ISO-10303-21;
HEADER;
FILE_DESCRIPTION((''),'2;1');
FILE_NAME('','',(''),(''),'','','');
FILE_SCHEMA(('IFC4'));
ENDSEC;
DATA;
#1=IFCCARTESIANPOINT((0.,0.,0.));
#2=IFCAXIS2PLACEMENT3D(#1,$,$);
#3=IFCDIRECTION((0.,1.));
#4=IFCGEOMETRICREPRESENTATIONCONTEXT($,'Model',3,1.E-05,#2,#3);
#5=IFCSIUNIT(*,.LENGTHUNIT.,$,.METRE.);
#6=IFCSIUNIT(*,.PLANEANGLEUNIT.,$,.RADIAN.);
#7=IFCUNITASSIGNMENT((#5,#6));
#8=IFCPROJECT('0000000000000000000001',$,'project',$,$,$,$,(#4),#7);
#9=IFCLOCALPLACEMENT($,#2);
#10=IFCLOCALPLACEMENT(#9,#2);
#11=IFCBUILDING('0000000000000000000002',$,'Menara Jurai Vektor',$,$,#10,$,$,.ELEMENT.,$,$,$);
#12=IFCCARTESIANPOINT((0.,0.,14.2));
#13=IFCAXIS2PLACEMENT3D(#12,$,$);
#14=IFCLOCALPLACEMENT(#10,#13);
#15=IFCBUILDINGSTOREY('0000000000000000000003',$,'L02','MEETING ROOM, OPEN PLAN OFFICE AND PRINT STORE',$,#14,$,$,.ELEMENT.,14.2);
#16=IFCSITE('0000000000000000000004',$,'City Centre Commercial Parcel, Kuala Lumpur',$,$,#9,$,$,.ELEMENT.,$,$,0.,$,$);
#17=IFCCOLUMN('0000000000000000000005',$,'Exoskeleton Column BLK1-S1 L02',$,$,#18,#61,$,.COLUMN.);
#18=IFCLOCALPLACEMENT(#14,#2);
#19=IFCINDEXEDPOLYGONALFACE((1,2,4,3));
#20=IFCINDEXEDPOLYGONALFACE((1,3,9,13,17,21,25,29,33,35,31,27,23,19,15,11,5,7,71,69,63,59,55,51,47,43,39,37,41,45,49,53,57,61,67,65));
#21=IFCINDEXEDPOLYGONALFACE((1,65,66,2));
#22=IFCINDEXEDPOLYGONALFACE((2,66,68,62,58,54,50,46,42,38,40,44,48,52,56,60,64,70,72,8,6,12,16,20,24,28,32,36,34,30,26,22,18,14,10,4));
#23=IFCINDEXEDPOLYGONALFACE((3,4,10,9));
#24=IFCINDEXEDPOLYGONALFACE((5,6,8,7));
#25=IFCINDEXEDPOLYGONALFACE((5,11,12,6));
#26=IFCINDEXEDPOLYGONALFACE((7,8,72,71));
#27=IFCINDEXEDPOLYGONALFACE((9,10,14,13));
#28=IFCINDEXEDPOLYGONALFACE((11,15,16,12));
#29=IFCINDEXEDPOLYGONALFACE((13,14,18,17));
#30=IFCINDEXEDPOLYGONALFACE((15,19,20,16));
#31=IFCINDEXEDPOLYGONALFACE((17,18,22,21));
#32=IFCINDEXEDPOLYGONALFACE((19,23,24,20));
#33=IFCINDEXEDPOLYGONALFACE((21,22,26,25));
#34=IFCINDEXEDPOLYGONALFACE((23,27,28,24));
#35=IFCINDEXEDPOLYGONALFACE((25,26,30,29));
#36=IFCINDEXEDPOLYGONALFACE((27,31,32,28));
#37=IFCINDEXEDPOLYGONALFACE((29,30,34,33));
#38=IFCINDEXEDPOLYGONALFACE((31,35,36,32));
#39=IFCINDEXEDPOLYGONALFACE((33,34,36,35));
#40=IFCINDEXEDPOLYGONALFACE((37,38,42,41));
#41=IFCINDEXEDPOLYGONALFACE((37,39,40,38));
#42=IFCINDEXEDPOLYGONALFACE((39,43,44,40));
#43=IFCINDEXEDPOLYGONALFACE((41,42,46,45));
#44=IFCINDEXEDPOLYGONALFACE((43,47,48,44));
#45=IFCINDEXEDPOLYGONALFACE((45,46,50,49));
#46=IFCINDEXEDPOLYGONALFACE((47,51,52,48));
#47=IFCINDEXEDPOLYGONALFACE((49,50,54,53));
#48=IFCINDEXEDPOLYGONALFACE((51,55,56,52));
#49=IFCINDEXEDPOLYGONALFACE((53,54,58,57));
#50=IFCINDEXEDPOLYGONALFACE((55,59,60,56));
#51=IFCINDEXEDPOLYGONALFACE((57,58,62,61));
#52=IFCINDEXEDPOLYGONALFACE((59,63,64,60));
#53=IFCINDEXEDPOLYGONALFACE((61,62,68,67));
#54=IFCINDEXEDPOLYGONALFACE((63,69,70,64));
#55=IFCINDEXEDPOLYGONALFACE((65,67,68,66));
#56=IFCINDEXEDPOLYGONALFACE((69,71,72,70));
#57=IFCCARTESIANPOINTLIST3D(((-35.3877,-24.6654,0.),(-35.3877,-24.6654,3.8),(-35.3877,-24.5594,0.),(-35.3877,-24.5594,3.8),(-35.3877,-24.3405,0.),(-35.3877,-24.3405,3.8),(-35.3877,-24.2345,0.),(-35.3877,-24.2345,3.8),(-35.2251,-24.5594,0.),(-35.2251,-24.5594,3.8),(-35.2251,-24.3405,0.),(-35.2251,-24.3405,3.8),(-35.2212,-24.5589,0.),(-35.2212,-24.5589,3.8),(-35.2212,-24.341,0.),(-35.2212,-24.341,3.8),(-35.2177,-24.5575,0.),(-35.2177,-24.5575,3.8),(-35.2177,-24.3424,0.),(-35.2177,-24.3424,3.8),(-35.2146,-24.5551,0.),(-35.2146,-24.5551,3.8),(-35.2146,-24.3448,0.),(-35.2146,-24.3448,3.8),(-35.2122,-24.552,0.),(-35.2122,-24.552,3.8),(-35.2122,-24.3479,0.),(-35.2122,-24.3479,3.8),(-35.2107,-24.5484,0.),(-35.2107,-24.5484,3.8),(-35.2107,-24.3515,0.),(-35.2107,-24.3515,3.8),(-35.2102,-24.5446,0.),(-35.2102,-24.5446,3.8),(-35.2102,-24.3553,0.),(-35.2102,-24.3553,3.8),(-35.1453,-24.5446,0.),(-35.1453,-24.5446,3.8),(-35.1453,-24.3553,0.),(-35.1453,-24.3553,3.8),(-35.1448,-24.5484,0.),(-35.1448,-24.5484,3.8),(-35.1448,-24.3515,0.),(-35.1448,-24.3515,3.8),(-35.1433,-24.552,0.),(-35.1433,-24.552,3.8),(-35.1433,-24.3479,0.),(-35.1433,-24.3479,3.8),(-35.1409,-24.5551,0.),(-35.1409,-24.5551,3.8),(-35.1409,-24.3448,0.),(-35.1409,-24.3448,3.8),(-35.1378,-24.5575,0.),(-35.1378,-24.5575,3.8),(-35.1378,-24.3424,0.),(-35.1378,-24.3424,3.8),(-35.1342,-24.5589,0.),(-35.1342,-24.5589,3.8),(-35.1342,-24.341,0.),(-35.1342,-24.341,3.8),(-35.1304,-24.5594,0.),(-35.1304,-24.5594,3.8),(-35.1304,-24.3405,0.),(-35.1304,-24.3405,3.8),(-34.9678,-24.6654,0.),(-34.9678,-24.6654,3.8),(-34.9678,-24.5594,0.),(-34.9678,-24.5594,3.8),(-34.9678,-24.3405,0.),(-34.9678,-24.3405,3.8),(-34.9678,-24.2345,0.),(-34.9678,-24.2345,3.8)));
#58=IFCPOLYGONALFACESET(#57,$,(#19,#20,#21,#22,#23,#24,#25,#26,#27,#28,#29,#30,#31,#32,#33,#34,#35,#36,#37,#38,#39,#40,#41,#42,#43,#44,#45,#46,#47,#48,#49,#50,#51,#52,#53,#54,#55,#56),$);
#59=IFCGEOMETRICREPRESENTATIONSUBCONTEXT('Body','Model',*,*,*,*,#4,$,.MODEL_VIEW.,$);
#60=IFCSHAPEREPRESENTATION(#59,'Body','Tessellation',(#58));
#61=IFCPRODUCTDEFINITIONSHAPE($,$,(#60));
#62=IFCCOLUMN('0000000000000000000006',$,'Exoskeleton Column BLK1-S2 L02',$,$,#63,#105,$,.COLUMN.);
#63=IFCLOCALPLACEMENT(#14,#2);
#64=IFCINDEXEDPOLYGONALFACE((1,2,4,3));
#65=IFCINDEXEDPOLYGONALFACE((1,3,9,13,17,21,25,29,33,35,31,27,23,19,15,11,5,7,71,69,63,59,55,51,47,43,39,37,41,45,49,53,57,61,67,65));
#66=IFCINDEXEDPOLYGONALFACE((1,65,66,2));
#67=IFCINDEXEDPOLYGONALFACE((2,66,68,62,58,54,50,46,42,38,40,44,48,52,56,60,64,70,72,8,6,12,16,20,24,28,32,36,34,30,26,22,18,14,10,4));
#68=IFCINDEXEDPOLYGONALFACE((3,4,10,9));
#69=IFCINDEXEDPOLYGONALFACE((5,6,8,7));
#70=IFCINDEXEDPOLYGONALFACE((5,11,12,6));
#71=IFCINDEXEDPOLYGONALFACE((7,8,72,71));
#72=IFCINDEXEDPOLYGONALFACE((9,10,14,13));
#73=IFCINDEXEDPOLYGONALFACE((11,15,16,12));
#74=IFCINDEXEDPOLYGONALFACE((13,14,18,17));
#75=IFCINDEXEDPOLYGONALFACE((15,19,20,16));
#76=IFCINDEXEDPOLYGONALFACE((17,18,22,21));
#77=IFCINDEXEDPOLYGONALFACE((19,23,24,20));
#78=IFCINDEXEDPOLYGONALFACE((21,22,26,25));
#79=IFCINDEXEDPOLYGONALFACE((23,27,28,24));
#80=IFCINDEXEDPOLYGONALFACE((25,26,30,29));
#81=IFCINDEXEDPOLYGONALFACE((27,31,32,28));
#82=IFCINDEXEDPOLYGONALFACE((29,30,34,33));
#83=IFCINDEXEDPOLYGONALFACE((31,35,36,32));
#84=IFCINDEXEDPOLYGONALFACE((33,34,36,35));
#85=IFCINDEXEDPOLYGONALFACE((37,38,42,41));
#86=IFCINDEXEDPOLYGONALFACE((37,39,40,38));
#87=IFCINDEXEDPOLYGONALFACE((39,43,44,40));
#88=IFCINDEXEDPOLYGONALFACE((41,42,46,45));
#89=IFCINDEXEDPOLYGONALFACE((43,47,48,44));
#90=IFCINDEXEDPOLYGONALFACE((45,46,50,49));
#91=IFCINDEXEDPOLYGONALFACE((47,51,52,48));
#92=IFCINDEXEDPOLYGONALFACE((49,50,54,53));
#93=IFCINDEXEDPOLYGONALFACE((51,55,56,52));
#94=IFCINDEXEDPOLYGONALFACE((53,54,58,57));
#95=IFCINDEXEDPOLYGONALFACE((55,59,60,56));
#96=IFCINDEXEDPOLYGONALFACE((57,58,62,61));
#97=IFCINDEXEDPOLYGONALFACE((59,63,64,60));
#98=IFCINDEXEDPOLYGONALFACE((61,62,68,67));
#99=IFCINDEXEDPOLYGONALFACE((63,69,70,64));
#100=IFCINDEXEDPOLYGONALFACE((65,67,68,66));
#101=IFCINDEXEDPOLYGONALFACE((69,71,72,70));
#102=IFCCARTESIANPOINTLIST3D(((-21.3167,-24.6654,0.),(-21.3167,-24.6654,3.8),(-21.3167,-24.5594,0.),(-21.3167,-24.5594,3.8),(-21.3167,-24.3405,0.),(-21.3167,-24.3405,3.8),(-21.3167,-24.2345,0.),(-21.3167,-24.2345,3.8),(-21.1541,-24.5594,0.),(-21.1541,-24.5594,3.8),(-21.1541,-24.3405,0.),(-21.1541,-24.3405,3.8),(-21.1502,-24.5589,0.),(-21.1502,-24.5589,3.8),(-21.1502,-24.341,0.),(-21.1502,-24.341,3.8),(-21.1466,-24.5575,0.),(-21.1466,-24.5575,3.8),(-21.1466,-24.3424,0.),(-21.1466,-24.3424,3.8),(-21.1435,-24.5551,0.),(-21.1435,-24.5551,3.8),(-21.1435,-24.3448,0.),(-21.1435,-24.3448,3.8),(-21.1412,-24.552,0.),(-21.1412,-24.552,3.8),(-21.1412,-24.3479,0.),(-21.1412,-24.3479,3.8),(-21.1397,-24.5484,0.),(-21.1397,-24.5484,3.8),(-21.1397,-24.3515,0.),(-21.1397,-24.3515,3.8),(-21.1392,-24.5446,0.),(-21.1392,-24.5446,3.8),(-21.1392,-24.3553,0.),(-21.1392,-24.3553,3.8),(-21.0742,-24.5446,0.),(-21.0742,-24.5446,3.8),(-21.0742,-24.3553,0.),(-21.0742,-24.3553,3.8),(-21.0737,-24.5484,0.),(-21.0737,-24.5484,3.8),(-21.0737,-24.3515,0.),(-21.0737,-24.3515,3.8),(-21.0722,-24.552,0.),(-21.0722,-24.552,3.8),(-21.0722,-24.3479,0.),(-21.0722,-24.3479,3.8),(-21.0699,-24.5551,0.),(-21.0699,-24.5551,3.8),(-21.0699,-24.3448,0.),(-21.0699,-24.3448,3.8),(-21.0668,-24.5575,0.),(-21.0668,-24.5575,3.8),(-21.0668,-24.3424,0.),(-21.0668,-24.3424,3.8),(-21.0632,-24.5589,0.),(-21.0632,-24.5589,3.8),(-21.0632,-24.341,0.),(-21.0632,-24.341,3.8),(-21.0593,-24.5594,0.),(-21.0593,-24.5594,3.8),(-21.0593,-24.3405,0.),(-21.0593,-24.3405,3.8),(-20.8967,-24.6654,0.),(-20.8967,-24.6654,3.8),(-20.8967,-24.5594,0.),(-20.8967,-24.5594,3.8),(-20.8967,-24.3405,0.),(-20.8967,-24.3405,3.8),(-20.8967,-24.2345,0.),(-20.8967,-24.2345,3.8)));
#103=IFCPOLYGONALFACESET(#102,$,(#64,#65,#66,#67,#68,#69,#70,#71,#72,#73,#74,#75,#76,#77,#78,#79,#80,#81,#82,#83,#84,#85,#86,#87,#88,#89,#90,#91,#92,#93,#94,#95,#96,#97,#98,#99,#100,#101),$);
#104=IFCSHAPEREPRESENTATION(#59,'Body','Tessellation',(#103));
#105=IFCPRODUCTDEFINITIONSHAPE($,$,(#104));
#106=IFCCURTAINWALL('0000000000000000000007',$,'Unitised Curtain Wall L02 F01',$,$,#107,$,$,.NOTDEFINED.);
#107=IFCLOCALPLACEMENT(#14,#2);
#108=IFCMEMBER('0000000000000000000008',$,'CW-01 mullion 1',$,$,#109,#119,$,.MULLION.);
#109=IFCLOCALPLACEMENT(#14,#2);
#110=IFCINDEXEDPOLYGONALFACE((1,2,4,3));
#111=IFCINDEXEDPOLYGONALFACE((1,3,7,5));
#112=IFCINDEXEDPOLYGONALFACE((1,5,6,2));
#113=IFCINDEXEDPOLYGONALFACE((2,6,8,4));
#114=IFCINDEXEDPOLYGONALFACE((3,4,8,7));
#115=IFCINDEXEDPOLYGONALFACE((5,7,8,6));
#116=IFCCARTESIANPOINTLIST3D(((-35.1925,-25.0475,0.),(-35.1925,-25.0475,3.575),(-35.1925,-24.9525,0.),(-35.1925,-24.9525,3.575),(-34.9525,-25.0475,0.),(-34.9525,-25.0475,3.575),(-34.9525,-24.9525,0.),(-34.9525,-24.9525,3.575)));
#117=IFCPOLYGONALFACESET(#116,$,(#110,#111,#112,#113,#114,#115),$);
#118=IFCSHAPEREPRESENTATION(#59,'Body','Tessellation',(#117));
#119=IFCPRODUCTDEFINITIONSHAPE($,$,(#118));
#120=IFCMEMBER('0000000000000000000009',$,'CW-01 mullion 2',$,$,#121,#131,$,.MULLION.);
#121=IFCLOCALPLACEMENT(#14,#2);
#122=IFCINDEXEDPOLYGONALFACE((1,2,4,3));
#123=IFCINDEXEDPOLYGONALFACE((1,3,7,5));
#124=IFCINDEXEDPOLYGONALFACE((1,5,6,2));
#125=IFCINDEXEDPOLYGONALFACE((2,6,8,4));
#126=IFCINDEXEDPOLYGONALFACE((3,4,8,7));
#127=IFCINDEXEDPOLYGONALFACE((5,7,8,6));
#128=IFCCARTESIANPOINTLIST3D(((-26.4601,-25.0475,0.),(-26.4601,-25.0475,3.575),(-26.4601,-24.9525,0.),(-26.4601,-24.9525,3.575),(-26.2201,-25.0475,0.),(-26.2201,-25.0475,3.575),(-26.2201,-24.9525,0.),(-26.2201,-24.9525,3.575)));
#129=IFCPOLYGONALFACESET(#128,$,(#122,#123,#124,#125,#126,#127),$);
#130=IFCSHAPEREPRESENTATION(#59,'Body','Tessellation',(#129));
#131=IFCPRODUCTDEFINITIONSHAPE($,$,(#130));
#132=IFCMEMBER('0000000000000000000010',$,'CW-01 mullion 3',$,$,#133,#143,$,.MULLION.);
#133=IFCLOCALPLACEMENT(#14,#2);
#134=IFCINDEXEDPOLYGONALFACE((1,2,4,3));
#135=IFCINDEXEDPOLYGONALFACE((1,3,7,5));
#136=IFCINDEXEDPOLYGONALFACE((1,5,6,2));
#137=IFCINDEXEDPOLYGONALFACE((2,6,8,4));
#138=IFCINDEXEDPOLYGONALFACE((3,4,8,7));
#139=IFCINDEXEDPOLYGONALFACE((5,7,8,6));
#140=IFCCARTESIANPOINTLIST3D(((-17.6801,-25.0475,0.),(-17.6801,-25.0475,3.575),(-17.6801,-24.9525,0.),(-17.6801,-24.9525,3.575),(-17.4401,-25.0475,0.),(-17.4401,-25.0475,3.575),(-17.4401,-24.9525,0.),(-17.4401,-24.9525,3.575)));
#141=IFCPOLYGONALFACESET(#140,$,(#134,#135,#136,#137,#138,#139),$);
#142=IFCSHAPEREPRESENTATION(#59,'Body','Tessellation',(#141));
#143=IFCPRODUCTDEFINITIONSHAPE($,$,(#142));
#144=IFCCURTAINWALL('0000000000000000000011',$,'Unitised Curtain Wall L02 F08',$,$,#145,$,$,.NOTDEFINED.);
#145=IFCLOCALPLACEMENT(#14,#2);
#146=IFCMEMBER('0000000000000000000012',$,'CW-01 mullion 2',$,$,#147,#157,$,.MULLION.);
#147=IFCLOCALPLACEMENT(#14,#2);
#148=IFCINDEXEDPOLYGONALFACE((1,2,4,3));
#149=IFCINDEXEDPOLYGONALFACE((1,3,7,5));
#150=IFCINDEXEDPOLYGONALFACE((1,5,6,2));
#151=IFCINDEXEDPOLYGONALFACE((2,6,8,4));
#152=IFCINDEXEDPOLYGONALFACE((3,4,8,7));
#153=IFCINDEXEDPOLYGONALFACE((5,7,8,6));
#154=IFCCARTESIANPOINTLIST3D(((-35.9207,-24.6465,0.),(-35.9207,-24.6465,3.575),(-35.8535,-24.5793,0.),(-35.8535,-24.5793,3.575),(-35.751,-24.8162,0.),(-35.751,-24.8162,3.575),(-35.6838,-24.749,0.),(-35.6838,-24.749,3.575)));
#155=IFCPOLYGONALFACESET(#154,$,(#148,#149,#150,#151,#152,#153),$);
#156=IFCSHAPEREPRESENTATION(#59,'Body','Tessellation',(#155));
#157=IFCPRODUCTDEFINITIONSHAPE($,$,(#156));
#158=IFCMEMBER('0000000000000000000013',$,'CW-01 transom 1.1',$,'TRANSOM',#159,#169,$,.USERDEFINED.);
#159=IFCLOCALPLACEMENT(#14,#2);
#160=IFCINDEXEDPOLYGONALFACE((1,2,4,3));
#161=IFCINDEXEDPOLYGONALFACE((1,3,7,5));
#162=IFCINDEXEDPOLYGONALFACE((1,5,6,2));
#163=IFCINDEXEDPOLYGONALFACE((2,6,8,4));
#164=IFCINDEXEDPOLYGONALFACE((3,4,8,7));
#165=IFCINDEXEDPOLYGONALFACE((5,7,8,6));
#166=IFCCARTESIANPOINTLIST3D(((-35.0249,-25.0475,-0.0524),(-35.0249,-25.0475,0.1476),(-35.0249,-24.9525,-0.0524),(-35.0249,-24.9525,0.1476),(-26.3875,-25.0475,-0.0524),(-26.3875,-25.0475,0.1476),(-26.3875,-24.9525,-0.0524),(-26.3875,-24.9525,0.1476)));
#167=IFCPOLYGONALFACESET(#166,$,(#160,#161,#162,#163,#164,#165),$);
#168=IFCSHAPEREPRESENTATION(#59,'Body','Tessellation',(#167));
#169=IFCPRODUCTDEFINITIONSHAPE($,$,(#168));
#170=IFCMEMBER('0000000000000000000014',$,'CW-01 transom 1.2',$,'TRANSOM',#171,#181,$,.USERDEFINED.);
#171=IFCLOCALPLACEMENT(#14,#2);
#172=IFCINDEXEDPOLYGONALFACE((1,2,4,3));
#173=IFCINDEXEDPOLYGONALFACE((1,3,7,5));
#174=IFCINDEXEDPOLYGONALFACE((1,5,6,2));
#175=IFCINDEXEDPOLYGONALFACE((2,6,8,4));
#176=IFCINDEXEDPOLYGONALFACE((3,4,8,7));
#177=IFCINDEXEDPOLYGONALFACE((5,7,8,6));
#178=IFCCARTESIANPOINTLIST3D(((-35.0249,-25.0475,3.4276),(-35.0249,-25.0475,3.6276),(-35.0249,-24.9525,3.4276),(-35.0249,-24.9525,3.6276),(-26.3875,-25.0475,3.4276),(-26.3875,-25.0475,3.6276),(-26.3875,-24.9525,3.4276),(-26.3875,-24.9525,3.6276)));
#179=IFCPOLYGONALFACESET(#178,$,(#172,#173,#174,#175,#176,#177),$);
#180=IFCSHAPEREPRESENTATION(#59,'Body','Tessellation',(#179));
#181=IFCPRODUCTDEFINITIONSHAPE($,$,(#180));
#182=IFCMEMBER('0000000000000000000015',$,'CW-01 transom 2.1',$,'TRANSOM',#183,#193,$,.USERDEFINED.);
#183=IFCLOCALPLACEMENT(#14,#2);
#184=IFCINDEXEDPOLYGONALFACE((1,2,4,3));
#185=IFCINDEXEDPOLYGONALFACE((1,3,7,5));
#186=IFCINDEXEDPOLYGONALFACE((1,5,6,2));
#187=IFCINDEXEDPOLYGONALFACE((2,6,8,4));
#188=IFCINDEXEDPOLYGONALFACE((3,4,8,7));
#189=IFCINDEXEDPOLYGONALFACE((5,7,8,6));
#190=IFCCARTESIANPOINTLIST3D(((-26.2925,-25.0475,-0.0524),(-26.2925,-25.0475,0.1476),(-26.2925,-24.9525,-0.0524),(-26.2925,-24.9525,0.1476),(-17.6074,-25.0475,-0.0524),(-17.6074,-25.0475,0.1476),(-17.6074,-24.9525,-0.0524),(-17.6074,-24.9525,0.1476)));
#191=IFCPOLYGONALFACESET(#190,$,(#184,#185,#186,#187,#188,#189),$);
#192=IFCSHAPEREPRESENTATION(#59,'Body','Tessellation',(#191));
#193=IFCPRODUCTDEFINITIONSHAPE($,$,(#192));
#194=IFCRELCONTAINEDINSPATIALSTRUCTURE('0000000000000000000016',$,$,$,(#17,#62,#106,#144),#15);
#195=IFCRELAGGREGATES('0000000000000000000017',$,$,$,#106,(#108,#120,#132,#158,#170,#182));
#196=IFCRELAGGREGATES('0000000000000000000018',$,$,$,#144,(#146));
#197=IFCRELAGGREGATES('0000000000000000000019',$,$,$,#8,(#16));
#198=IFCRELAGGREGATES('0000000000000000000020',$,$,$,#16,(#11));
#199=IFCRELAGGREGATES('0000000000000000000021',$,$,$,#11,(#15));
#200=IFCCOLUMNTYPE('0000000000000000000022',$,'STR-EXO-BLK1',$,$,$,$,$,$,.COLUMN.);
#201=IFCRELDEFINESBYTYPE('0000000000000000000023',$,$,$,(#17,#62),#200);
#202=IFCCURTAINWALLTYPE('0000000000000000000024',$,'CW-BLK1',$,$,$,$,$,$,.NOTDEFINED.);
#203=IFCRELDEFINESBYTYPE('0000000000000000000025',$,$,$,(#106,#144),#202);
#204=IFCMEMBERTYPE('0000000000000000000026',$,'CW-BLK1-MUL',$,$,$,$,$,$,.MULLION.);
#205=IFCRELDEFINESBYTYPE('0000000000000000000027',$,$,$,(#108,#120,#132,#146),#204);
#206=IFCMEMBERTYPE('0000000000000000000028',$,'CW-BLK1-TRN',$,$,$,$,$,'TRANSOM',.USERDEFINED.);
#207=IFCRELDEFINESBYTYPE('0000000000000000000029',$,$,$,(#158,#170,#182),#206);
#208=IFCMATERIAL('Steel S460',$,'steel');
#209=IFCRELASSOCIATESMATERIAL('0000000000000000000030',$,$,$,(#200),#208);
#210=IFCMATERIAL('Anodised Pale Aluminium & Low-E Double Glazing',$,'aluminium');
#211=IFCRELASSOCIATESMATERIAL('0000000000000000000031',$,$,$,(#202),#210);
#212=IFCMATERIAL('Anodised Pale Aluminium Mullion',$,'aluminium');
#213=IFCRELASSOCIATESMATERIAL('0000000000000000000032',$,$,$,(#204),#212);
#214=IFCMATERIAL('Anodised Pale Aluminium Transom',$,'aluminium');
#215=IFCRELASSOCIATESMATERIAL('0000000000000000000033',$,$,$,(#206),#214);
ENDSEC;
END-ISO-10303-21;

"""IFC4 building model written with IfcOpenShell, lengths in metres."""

from ifc_helpers import new_model, si_unit, direction, frame, origin, origin_2d, place, context, subcontext, project, spatial, rectangle, i_section, extrude, material, material_profile, profile_set, type_object, element, aggregate, save


model = new_model("IFC4")

# Units and contexts
model_context = context("Model", 3, precision=1e-05, world=origin(), true_north=direction((0.0, 1.0)))
body_context = subcontext(model_context, "Body", "Model", "MODEL_VIEW")
ifc_project = project(units=[si_unit("LENGTHUNIT", "METRE"), si_unit("PLANEANGLEUNIT", "RADIAN")], contexts=[model_context])

# Site, building, storey
site_placement = place(None, origin())
site = spatial("IfcSite", under=ifc_project, at=site_placement, Name="City Centre Commercial Parcel, Kuala Lumpur", CompositionType="ELEMENT", RefElevation=0.0)
building_placement = place(site_placement, origin())
building = spatial("IfcBuilding", under=site, at=building_placement, Name="Menara Jurai Vektor", CompositionType="ELEMENT")
storey_placement = place(building_placement, frame((0.0, 0.0, 14.2)))
storey = spatial("IfcBuildingStorey", under=building, at=storey_placement, Name="L02", Description="MEETING ROOM, OPEN PLAN OFFICE AND PRINT STORE", CompositionType="ELEMENT", Elevation=14.2)

# Columns
ifc_material_1 = material(Name="Steel S460", Category="steel")
ifc_material_profile_1 = material_profile(ifc_material_1, i_section(OverallWidth=0.4199, OverallDepth=0.4309, WebThickness=0.0649, FlangeThickness=0.106, FilletRadius=0.0149, at=origin_2d()), Name="HD 400x900")
ifc_profile_set_1 = profile_set([ifc_material_profile_1], Name="Steel S460")
column_type = type_object("IfcColumnType", Name="STR-EXO-BLK1", PredefinedType="COLUMN", material=ifc_profile_set_1)
for number, where, z_axis, x_axis, name in (
    (1, (-35.1777, -24.45, 0.0), (0.0, 0.0, 1.0), (1.0, 0.0, 0.0), "Exoskeleton Column BLK1-S1 L02"),
    (2, (-21.1067, -24.45, 0.0), (0.0, 0.0, 1.0), (1.0, 0.0, 0.0), "Exoskeleton Column BLK1-S2 L02"),
):
    element("IfcColumn", number, at=place(storey_placement, frame(where, z_axis=z_axis, x_axis=x_axis)), inside=storey, type_object=column_type, Name=name, PredefinedType="COLUMN", context=body_context, shape_type="SweptSolid", body=[
        extrude(i_section(OverallWidth=0.4199, OverallDepth=0.4309, WebThickness=0.0649, FlangeThickness=0.106, FilletRadius=0.0149, at=origin_2d()), origin(), (0.0, 0.0, 1.0), 3.8),
    ])

# Curtain wall, members
ifc_material_2 = material(Name="Anodised Pale Aluminium & Low-E Double Glazing", Category="aluminium")
curtain_wall_type = type_object("IfcCurtainWallType", Name="CW-BLK1", PredefinedType="NOTDEFINED", material=ifc_material_2)
curtain_wall_1_placement = place(storey_placement, origin())
curtain_wall_1 = element("IfcCurtainWall", 3, at=curtain_wall_1_placement, inside=storey, type_object=curtain_wall_type, Name="Unitised Curtain Wall L02 F01", PredefinedType="NOTDEFINED")
ifc_material_3 = material(Name="Anodised Pale Aluminium Mullion", Category="aluminium")
ifc_material_profile_2 = material_profile(ifc_material_3, rectangle(XDim=0.095, YDim=0.24, at=origin_2d()), Name="ALU MUL 95x240")
ifc_profile_set_2 = profile_set([ifc_material_profile_2], Name="Anodised Pale Aluminium Mullion")
member_type_1 = type_object("IfcMemberType", Name="CW-BLK1-MUL", PredefinedType="MULLION", material=ifc_profile_set_2)
member_1_placement = place(storey_placement, frame((-35.0725, -25.0, 0.0), z_axis=(0.0, 0.0, 1.0), x_axis=(0.0, 1.0, 0.0)))
member_1 = element("IfcMember", 4, at=member_1_placement, type_object=member_type_1, Name="CW-01 mullion 1", PredefinedType="MULLION", context=body_context, shape_type="SweptSolid", body=[
    extrude(rectangle(XDim=0.095, YDim=0.24, at=origin_2d()), origin(), (0.0, 0.0, 1.0), 3.575),
])
member_2_placement = place(storey_placement, frame((-26.3401, -25.0, 0.0), z_axis=(0.0, 0.0, 1.0), x_axis=(0.0, 1.0, 0.0)))
member_2 = element("IfcMember", 5, at=member_2_placement, type_object=member_type_1, Name="CW-01 mullion 2", PredefinedType="MULLION", context=body_context, shape_type="SweptSolid", body=[
    extrude(rectangle(XDim=0.095, YDim=0.24, at=origin_2d()), origin(), (0.0, 0.0, 1.0), 3.575),
])
member_3_placement = place(storey_placement, frame((-17.5601, -25.0, 0.0), z_axis=(0.0, 0.0, 1.0), x_axis=(0.0, 1.0, 0.0)))
member_3 = element("IfcMember", 6, at=member_3_placement, type_object=member_type_1, Name="CW-01 mullion 3", PredefinedType="MULLION", context=body_context, shape_type="SweptSolid", body=[
    extrude(rectangle(XDim=0.095, YDim=0.24, at=origin_2d()), origin(), (0.0, 0.0, 1.0), 3.575),
])

# Curtain wall, member
curtain_wall_2_placement = place(storey_placement, origin())
curtain_wall_2 = element("IfcCurtainWall", 7, at=curtain_wall_2_placement, inside=storey, type_object=curtain_wall_type, Name="Unitised Curtain Wall L02 F08", PredefinedType="NOTDEFINED")
member_4_placement = place(storey_placement, frame((-35.8022, -24.6978, 0.0), z_axis=(0.0, 0.0, 1.0), x_axis=(0.707107, 0.707107, 0.0)))
member_4 = element("IfcMember", 8, at=member_4_placement, type_object=member_type_1, Name="CW-01 mullion 2", PredefinedType="MULLION", context=body_context, shape_type="SweptSolid", body=[
    extrude(rectangle(XDim=0.095, YDim=0.24, at=origin_2d()), origin(), (0.0, 0.0, 1.0), 3.575),
])

# Members
ifc_material_4 = material(Name="Anodised Pale Aluminium Transom", Category="aluminium")
ifc_material_profile_3 = material_profile(ifc_material_4, rectangle(XDim=0.095, YDim=0.2, at=origin_2d()), Name="ALU TRN 95x200")
ifc_profile_set_3 = profile_set([ifc_material_profile_3], Name="Anodised Pale Aluminium Transom")
member_type_2 = type_object("IfcMemberType", Name="CW-BLK1-TRN", ElementType="TRANSOM", PredefinedType="USERDEFINED", material=ifc_profile_set_3)
member_5_placement = place(storey_placement, frame((-35.0249, -25.0, 0.0476), z_axis=(1.0, 0.0, 0.0), x_axis=(0.0, 1.0, 0.0)))
member_5 = element("IfcMember", 9, at=member_5_placement, type_object=member_type_2, Name="CW-01 transom 1.1", ObjectType="TRANSOM", PredefinedType="USERDEFINED", context=body_context, shape_type="SweptSolid", body=[
    extrude(rectangle(XDim=0.095, YDim=0.2, at=origin_2d()), origin(), (0.0, 0.0, 1.0), 8.6375),
])
member_6_placement = place(storey_placement, frame((-35.0249, -25.0, 3.5276), z_axis=(1.0, 0.0, 0.0), x_axis=(0.0, 1.0, 0.0)))
member_6 = element("IfcMember", 10, at=member_6_placement, type_object=member_type_2, Name="CW-01 transom 1.2", ObjectType="TRANSOM", PredefinedType="USERDEFINED", context=body_context, shape_type="SweptSolid", body=[
    extrude(rectangle(XDim=0.095, YDim=0.2, at=origin_2d()), origin(), (0.0, 0.0, 1.0), 8.6375),
])
member_7_placement = place(storey_placement, frame((-26.2925, -25.0, 0.0476), z_axis=(1.0, 0.0, 0.0), x_axis=(0.0, 1.0, 0.0)))
member_7 = element("IfcMember", 11, at=member_7_placement, type_object=member_type_2, Name="CW-01 transom 2.1", ObjectType="TRANSOM", PredefinedType="USERDEFINED", context=body_context, shape_type="SweptSolid", body=[
    extrude(rectangle(XDim=0.095, YDim=0.2, at=origin_2d()), origin(), (0.0, 0.0, 1.0), 8.6851),
])

aggregate(curtain_wall_1, [member_1, member_2, member_3, member_5, member_6, member_7])
aggregate(curtain_wall_2, [member_4])

save(model, "model.ifc")
